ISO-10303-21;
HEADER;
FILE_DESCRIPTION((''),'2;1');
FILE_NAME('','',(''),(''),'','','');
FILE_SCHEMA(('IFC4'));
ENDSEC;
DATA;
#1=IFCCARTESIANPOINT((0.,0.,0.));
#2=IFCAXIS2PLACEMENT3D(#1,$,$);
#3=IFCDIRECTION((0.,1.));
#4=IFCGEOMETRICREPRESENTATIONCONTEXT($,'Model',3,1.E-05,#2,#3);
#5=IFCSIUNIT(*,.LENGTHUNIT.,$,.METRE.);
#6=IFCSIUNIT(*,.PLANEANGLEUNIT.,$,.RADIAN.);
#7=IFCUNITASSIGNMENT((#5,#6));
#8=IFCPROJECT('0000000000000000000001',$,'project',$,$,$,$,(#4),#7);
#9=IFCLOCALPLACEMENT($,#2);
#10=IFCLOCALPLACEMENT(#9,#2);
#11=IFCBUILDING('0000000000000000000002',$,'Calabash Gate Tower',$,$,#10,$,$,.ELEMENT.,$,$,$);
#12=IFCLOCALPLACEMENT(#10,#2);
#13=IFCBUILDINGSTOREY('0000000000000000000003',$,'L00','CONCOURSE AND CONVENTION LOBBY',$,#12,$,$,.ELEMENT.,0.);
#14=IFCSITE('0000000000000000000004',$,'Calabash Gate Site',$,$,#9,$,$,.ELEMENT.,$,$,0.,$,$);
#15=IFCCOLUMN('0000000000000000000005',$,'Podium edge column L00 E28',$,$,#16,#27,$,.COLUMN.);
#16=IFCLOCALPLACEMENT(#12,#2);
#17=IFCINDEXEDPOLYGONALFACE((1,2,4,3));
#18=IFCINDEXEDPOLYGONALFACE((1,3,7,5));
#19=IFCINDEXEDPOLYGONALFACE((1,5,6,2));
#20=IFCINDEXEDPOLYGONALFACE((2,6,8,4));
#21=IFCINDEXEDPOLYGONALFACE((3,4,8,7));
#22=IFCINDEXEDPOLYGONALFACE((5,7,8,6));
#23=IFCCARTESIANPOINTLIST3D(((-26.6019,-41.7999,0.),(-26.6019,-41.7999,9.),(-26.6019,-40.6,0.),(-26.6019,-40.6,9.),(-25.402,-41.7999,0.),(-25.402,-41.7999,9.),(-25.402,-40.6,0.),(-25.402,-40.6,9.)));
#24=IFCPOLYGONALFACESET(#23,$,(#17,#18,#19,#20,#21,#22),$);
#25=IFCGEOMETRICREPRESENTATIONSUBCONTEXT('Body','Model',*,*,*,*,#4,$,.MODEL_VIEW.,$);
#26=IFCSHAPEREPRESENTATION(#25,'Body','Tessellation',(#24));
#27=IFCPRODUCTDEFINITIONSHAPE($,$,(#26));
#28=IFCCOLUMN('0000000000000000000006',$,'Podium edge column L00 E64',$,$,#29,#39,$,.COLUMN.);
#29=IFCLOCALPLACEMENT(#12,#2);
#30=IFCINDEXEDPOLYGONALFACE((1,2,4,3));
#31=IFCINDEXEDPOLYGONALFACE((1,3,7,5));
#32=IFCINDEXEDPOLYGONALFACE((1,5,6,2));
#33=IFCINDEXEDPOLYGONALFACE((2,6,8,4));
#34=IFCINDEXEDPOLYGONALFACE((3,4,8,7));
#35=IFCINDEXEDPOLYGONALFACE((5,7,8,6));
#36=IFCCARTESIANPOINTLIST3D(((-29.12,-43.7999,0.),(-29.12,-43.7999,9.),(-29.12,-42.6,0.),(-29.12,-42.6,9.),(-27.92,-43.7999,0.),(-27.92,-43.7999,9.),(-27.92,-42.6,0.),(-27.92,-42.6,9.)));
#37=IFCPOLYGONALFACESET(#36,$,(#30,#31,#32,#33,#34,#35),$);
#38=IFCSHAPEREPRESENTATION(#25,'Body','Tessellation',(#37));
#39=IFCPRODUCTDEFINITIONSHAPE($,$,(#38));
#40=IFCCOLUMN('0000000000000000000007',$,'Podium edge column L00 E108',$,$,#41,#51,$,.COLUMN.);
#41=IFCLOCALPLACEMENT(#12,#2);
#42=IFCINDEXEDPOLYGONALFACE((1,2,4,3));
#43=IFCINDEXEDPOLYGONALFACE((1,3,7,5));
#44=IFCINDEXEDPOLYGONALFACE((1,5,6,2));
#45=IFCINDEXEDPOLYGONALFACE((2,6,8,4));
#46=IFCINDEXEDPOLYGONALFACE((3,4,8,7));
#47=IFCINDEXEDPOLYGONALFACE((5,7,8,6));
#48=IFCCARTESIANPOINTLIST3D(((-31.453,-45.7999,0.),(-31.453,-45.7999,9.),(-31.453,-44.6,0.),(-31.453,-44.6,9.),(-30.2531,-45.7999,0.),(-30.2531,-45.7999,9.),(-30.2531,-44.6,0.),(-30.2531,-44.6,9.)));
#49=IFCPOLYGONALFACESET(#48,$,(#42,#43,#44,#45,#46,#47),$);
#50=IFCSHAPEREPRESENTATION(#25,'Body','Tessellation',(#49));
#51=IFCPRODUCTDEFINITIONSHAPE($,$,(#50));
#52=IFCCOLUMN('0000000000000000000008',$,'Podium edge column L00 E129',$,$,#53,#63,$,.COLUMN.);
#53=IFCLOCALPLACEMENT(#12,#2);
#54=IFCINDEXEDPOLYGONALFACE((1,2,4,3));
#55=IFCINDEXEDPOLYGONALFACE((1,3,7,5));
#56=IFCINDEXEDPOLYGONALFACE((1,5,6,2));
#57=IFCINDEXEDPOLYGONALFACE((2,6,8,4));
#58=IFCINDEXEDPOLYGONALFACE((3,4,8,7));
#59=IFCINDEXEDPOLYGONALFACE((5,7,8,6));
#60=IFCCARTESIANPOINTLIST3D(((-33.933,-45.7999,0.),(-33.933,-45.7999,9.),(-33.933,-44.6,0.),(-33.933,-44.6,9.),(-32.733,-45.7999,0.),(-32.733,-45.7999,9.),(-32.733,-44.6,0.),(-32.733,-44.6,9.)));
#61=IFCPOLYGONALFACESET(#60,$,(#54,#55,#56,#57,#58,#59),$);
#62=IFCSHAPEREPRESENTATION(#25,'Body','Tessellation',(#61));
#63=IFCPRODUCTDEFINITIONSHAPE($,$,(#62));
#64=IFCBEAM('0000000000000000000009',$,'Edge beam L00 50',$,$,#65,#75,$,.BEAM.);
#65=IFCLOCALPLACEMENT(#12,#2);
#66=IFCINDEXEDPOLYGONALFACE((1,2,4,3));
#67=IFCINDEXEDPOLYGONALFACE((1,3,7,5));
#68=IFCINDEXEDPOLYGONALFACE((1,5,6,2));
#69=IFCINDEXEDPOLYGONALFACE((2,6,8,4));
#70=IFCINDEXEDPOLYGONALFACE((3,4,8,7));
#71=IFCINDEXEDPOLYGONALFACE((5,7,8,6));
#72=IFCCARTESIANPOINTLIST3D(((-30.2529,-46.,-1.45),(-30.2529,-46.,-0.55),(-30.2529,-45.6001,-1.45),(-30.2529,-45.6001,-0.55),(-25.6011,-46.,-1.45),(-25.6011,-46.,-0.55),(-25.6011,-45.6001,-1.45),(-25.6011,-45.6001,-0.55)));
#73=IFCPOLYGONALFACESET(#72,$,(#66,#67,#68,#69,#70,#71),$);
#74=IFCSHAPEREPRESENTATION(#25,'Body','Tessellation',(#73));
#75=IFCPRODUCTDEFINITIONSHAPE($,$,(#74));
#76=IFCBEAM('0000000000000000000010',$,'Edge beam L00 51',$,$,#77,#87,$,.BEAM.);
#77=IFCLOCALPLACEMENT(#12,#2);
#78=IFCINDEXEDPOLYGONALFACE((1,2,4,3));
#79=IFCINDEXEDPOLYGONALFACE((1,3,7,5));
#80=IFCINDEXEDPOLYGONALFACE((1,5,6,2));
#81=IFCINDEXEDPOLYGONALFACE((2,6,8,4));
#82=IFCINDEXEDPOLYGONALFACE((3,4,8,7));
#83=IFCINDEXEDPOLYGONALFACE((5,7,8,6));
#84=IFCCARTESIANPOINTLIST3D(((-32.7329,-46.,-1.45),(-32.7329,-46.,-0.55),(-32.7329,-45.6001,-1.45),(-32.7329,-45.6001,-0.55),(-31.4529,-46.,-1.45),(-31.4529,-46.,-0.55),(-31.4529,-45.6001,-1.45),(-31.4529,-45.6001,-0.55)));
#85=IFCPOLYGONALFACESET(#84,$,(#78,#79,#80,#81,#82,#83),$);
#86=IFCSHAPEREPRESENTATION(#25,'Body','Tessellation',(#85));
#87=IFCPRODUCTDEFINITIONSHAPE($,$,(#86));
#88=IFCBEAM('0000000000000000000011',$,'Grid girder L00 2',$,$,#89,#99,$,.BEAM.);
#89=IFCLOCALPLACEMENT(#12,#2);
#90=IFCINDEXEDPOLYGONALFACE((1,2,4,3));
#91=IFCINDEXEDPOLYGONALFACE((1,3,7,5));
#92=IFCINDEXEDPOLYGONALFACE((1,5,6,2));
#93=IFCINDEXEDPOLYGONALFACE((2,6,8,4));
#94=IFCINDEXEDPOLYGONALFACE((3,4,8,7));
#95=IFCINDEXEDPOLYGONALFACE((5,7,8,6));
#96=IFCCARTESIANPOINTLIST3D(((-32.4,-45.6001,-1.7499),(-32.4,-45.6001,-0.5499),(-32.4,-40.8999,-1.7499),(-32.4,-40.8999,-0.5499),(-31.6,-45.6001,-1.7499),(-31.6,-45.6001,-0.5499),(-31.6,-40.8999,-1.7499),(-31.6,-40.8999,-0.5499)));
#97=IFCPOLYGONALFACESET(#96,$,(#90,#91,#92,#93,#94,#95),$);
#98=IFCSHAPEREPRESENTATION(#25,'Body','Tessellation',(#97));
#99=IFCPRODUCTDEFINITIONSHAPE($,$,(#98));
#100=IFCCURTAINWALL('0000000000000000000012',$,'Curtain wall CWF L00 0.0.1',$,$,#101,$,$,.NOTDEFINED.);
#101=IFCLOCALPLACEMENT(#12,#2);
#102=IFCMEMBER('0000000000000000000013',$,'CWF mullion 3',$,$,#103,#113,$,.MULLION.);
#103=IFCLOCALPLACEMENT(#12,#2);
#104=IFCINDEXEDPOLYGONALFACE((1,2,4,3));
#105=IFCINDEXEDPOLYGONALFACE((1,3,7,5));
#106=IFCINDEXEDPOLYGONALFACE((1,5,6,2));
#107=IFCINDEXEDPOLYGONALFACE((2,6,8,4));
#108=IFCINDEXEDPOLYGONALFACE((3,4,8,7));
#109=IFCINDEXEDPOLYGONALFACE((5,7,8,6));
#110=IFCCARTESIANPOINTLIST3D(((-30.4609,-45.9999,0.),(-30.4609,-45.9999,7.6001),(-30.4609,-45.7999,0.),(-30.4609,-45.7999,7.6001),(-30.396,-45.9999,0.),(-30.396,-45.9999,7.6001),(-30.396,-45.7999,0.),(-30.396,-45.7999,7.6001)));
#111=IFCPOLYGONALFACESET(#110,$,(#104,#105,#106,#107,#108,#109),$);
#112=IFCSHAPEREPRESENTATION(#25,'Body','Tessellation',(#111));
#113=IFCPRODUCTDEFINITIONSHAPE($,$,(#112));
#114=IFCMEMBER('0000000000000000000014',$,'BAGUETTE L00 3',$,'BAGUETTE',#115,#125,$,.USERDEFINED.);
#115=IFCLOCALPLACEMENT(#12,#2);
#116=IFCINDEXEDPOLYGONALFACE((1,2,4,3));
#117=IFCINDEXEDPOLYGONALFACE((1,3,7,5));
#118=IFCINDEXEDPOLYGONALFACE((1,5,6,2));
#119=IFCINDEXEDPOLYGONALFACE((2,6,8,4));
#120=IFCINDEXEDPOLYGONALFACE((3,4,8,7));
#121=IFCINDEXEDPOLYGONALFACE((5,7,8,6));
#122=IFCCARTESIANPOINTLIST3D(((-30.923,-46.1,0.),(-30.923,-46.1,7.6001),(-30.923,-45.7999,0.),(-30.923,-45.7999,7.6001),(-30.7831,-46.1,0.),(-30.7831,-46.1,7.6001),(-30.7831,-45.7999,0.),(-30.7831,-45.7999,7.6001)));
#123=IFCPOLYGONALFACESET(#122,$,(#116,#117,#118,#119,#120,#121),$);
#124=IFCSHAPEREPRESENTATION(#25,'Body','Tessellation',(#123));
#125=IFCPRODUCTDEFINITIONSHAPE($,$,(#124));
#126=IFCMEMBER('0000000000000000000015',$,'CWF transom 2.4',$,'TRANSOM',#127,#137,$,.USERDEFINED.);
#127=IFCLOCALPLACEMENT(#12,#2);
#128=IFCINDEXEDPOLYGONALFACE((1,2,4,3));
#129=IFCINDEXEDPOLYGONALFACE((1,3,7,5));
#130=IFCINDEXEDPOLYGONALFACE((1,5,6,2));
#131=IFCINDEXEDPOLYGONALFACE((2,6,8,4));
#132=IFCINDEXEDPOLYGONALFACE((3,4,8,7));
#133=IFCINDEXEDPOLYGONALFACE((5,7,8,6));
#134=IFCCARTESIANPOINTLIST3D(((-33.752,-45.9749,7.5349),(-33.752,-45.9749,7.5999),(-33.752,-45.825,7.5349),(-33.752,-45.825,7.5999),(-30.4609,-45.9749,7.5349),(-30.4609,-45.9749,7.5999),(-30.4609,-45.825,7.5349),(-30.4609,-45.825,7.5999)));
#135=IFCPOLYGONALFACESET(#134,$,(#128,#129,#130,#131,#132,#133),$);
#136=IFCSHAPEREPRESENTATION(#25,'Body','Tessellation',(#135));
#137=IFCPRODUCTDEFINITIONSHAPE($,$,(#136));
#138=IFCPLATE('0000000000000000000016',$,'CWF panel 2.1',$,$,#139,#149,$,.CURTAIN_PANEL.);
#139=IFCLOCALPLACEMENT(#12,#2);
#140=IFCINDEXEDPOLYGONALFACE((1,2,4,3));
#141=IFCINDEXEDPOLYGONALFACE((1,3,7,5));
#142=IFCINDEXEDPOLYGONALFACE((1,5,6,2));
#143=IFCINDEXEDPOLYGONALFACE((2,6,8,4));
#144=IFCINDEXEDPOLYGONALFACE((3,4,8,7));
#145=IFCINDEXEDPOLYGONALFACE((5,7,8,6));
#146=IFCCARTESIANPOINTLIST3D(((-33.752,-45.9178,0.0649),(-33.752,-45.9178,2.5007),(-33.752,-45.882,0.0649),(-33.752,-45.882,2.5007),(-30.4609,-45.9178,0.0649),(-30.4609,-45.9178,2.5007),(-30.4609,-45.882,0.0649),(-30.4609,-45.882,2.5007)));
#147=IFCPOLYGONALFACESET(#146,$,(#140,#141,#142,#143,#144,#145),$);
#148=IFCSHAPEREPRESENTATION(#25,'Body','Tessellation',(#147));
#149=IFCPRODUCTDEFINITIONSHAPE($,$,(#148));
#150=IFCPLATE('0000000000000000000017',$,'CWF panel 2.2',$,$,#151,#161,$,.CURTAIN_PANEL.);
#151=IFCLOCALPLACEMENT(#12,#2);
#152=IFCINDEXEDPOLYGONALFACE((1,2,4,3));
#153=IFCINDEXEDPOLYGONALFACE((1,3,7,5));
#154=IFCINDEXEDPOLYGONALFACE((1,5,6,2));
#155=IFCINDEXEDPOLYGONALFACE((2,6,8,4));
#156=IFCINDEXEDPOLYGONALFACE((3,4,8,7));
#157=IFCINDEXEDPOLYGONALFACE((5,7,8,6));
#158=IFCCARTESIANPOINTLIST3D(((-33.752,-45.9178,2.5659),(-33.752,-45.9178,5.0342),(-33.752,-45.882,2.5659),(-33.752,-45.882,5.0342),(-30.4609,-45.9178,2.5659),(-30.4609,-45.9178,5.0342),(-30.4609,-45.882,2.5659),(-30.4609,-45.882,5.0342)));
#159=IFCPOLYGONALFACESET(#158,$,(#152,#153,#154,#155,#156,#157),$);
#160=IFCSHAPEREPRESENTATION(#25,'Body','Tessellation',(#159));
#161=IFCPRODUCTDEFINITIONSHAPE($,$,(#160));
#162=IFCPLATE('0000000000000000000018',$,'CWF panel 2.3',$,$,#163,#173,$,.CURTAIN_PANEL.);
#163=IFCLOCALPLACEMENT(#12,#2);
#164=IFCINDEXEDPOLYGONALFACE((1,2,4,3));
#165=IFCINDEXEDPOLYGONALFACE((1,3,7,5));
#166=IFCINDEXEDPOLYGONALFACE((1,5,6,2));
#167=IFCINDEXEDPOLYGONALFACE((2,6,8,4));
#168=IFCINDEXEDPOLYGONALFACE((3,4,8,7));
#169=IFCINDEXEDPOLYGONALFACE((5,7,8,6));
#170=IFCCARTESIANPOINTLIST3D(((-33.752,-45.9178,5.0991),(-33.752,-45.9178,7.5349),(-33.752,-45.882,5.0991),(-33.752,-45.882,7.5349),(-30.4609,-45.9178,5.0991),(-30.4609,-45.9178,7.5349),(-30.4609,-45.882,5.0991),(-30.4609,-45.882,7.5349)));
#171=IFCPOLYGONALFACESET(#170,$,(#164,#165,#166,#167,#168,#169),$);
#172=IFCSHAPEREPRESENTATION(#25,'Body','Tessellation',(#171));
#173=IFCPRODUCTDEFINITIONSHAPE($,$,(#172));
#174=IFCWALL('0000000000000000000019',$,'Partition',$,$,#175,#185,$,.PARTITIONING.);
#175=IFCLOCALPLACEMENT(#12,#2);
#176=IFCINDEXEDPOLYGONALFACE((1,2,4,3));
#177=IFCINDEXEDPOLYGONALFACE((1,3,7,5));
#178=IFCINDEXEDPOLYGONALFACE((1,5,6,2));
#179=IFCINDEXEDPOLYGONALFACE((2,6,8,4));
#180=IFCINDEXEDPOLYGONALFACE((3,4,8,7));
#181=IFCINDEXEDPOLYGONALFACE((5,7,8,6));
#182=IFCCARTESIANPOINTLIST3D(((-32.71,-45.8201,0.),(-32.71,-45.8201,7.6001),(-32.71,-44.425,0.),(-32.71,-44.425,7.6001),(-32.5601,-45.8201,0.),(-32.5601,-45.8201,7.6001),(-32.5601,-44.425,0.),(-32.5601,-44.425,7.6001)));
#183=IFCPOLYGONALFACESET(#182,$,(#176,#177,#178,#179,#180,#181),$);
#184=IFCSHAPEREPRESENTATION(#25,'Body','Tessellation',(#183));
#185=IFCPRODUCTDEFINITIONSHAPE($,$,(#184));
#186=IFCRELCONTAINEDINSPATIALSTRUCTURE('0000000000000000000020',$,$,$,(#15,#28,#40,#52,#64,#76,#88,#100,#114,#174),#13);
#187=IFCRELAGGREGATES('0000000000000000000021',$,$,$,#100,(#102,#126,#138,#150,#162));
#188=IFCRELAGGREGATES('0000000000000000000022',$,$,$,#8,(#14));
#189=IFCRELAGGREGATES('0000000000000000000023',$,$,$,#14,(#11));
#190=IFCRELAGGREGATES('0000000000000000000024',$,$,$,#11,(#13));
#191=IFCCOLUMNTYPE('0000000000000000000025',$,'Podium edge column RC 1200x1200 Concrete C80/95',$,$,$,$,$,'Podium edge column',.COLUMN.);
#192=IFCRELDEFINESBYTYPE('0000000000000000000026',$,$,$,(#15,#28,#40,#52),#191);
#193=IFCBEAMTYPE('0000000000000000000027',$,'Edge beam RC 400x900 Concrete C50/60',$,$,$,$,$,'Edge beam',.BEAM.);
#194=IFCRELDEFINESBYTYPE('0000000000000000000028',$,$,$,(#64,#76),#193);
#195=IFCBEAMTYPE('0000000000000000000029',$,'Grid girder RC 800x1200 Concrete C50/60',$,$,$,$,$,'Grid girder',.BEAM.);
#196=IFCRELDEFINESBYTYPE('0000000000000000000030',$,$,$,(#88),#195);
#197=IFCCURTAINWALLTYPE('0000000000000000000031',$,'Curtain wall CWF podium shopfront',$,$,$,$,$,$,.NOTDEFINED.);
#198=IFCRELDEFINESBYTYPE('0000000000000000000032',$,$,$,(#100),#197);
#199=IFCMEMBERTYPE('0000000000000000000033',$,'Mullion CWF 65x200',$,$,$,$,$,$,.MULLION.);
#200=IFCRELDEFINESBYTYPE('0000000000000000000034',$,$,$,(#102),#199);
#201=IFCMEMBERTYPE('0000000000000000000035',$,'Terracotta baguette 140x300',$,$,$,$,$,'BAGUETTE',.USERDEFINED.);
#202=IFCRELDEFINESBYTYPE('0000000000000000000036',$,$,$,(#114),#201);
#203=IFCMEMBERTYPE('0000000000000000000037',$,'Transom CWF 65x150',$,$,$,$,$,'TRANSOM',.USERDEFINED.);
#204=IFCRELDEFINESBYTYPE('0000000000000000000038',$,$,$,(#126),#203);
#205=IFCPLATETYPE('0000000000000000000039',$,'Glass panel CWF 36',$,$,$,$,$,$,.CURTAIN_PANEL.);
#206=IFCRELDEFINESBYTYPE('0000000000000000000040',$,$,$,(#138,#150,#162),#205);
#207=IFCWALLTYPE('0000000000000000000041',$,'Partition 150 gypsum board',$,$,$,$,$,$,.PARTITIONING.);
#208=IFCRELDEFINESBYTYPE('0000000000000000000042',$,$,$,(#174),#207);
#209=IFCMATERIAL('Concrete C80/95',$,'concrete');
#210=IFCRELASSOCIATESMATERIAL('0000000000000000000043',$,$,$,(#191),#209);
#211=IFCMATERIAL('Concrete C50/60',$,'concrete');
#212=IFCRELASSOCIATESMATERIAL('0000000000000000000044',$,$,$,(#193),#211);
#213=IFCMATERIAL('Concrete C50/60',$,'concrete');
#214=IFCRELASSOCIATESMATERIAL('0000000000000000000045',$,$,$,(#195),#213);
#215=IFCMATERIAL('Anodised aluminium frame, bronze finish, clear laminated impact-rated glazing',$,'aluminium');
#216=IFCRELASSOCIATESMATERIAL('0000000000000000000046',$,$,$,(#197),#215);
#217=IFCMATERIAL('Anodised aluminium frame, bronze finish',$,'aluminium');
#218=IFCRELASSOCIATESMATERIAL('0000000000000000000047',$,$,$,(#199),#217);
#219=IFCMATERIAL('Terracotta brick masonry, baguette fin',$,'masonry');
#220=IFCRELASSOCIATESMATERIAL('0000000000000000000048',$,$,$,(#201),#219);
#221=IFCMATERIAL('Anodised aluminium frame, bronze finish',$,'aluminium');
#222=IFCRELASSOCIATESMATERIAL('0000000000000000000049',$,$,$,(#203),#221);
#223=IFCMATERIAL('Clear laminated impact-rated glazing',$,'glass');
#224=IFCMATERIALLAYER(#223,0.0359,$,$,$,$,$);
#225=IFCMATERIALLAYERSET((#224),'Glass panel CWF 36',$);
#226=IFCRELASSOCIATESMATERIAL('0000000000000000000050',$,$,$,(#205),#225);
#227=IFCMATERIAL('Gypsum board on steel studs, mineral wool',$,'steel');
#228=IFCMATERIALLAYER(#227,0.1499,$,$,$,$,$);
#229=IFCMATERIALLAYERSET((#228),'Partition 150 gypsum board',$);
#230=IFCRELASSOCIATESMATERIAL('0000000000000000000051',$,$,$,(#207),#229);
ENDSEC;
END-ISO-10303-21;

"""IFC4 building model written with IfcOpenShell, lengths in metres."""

from ifc_helpers import new_model, si_unit, direction, frame, frame_2d, origin, origin_2d, place, context, subcontext, project, spatial, rectangle, extrude, material, layer, layer_set, material_profile, profile_set, type_object, element, aggregate, save


model = new_model("IFC4")

# Units and contexts
model_context = context("Model", 3, precision=1e-05, world=origin(), true_north=direction((0.0, 1.0)))
body_context = subcontext(model_context, "Body", "Model", "MODEL_VIEW")
ifc_project = project(units=[si_unit("LENGTHUNIT", "METRE"), si_unit("PLANEANGLEUNIT", "RADIAN")], contexts=[model_context])

# Site, building, storey
site_placement = place(None, origin())
site = spatial("IfcSite", under=ifc_project, at=site_placement, Name="Calabash Gate Site", CompositionType="ELEMENT", RefElevation=0.0)
building_placement = place(site_placement, origin())
building = spatial("IfcBuilding", under=site, at=building_placement, Name="Calabash Gate Tower", CompositionType="ELEMENT")
storey_placement = place(building_placement, origin())
storey = spatial("IfcBuildingStorey", under=building, at=storey_placement, Name="L00", Description="CONCOURSE AND CONVENTION LOBBY", CompositionType="ELEMENT", Elevation=0.0)

# Columns
ifc_material_1 = material(Name="Concrete C80/95", Category="concrete")
ifc_material_profile_1 = material_profile(ifc_material_1, rectangle(XDim=1.2, YDim=1.2, at=origin_2d()))
ifc_profile_set_1 = profile_set([ifc_material_profile_1], Name="Concrete C80/95")
column_type = type_object("IfcColumnType", Name="Podium edge column RC 1200x1200 Concrete C80/95", ElementType="Podium edge column", PredefinedType="COLUMN", material=ifc_profile_set_1)
for number, where, z_axis, x_axis, name in (
    (1, (-26.002, -41.2, 0.0), (0.0, 0.0, 1.0), (1.0, 0.0, 0.0), "Podium edge column L00 E28"),
    (2, (-28.52, -43.2, 0.0), (0.0, 0.0, 1.0), (1.0, 0.0, 0.0), "Podium edge column L00 E64"),
    (3, (-30.853, -45.2, 0.0), (0.0, 0.0, 1.0), (1.0, 0.0, 0.0), "Podium edge column L00 E108"),
    (4, (-33.333, -45.2, 0.0), (0.0, 0.0, 1.0), (1.0, 0.0, 0.0), "Podium edge column L00 E129"),
):
    element("IfcColumn", number, at=place(storey_placement, frame(where, z_axis=z_axis, x_axis=x_axis)), inside=storey, type_object=column_type, Name=name, PredefinedType="COLUMN", context=body_context, shape_type="SweptSolid", body=[
        extrude(rectangle(XDim=1.2, YDim=1.2, at=origin_2d()), origin(), (0.0, 0.0, 1.0), 9.0),
    ])

# Beams
ifc_material_2 = material(Name="Concrete C50/60", Category="concrete")
ifc_material_profile_2 = material_profile(ifc_material_2, rectangle(XDim=0.3999, YDim=0.8999, at=origin_2d()))
ifc_profile_set_2 = profile_set([ifc_material_profile_2], Name="Concrete C50/60")
beam_type_1 = type_object("IfcBeamType", Name="Edge beam RC 400x900 Concrete C50/60", ElementType="Edge beam", PredefinedType="BEAM", material=ifc_profile_set_2)
beam_1_placement = place(storey_placement, frame((-25.6011, -45.8, -1.0), z_axis=(-1.0, 0.0, 0.0), x_axis=(0.0, -1.0, 0.0)))
element("IfcBeam", 5, at=beam_1_placement, inside=storey, type_object=beam_type_1, Name="Edge beam L00 50", PredefinedType="BEAM", context=body_context, shape_type="SweptSolid", body=[
    extrude(rectangle(XDim=0.3999, YDim=0.8999, at=origin_2d()), origin(), (0.0, 0.0, 1.0), 4.6519),
])
beam_2_placement = place(storey_placement, frame((-31.4529, -45.8, -1.0), z_axis=(-1.0, 0.0, 0.0), x_axis=(0.0, -1.0, 0.0)))
element("IfcBeam", 6, at=beam_2_placement, inside=storey, type_object=beam_type_1, Name="Edge beam L00 51", PredefinedType="BEAM", context=body_context, shape_type="SweptSolid", body=[
    extrude(rectangle(XDim=0.3999, YDim=0.8999, at=origin_2d()), origin(), (0.0, 0.0, 1.0), 1.28),
])
ifc_material_3 = material(Name="Concrete C50/60", Category="concrete")
ifc_material_profile_3 = material_profile(ifc_material_3, rectangle(XDim=0.8, YDim=1.2, at=origin_2d()))
ifc_profile_set_3 = profile_set([ifc_material_profile_3], Name="Concrete C50/60")
beam_type_2 = type_object("IfcBeamType", Name="Grid girder RC 800x1200 Concrete C50/60", ElementType="Grid girder", PredefinedType="BEAM", material=ifc_profile_set_3)
beam_3_placement = place(storey_placement, frame((-32.0, -45.6001, -1.1499), z_axis=(0.0, 1.0, 0.0), x_axis=(-1.0, 0.0, 0.0)))
element("IfcBeam", 7, at=beam_3_placement, inside=storey, type_object=beam_type_2, Name="Grid girder L00 2", PredefinedType="BEAM", context=body_context, shape_type="SweptSolid", body=[
    extrude(rectangle(XDim=0.8, YDim=1.2, at=origin_2d()), origin(), (0.0, 0.0, 1.0), 4.7002),
])

# Curtain wall, member
ifc_material_4 = material(Name="Anodised aluminium frame, bronze finish, clear laminated impact-rated glazing", Category="aluminium")
curtain_wall_type = type_object("IfcCurtainWallType", Name="Curtain wall CWF podium shopfront", PredefinedType="NOTDEFINED", material=ifc_material_4)
curtain_wall_placement = place(storey_placement, origin())
curtain_wall = element("IfcCurtainWall", 8, at=curtain_wall_placement, inside=storey, type_object=curtain_wall_type, Name="Curtain wall CWF L00 0.0.1", PredefinedType="NOTDEFINED")
ifc_material_5 = material(Name="Anodised aluminium frame, bronze finish", Category="aluminium")
ifc_material_profile_4 = material_profile(ifc_material_5, rectangle(XDim=0.2, YDim=0.0649, at=origin_2d()))
ifc_profile_set_4 = profile_set([ifc_material_profile_4], Name="Anodised aluminium frame, bronze finish")
member_type_1 = type_object("IfcMemberType", Name="Mullion CWF 65x200", PredefinedType="MULLION", material=ifc_profile_set_4)
member_1_placement = place(storey_placement, frame((-30.4285, -45.8999, 0.0), z_axis=(0.0, 0.0, 1.0), x_axis=(0.0, 1.0, 0.0)))
member_1 = element("IfcMember", 9, at=member_1_placement, type_object=member_type_1, Name="CWF mullion 3", PredefinedType="MULLION", context=body_context, shape_type="SweptSolid", body=[
    extrude(rectangle(XDim=0.2, YDim=0.0649, at=origin_2d()), origin(), (0.0, 0.0, 1.0), 7.6001),
])

# Members
ifc_material_6 = material(Name="Terracotta brick masonry, baguette fin", Category="masonry")
ifc_material_profile_5 = material_profile(ifc_material_6, rectangle(XDim=0.1399, YDim=0.3, at=origin_2d()))
ifc_profile_set_5 = profile_set([ifc_material_profile_5], Name="Terracotta brick masonry, baguette fin")
member_type_2 = type_object("IfcMemberType", Name="Terracotta baguette 140x300", ElementType="BAGUETTE", PredefinedType="USERDEFINED", material=ifc_profile_set_5)
member_2_placement = place(storey_placement, frame((-30.853, -45.95, 0.0), z_axis=(0.0, 0.0, 1.0), x_axis=(1.0, 0.0, 0.0)))
element("IfcMember", 10, at=member_2_placement, inside=storey, type_object=member_type_2, Name="BAGUETTE L00 3", ObjectType="BAGUETTE", PredefinedType="USERDEFINED", context=body_context, shape_type="SweptSolid", body=[
    extrude(rectangle(XDim=0.1399, YDim=0.3, at=origin_2d()), origin(), (0.0, 0.0, 1.0), 7.6001),
])
ifc_material_7 = material(Name="Anodised aluminium frame, bronze finish", Category="aluminium")
ifc_material_profile_6 = material_profile(ifc_material_7, rectangle(XDim=0.1499, YDim=0.0649, at=origin_2d()))
ifc_profile_set_6 = profile_set([ifc_material_profile_6], Name="Anodised aluminium frame, bronze finish")
member_type_3 = type_object("IfcMemberType", Name="Transom CWF 65x150", ElementType="TRANSOM", PredefinedType="USERDEFINED", material=ifc_profile_set_6)
member_3_placement = place(storey_placement, frame((-33.752, -45.8999, 7.5674), z_axis=(1.0, 0.0, 0.0), x_axis=(0.0, 1.0, 0.0)))
member_3 = element("IfcMember", 11, at=member_3_placement, type_object=member_type_3, Name="CWF transom 2.4", ObjectType="TRANSOM", PredefinedType="USERDEFINED", context=body_context, shape_type="SweptSolid", body=[
    extrude(rectangle(XDim=0.1499, YDim=0.0649, at=origin_2d()), origin(), (0.0, 0.0, 1.0), 3.291),
])

# Plates
ifc_material_8 = material(Name="Clear laminated impact-rated glazing", Category="glass")
ifc_layer_1 = layer(ifc_material_8, 0.0359)
ifc_layer_set_1 = layer_set([ifc_layer_1], Name="Glass panel CWF 36")
plate_type = type_object("IfcPlateType", Name="Glass panel CWF 36", PredefinedType="CURTAIN_PANEL", material=ifc_layer_set_1)
plate_1_placement = place(storey_placement, frame((-32.1064, -45.8999, 0.0649), z_axis=(0.0, 0.0, 1.0), x_axis=(1.0, 0.0, 0.0)))
plate_1 = element("IfcPlate", 12, at=plate_1_placement, type_object=plate_type, Name="CWF panel 2.1", PredefinedType="CURTAIN_PANEL", context=body_context, shape_type="SweptSolid", body=[
    extrude(rectangle(XDim=3.291, YDim=0.0359, at=origin_2d()), origin(), (0.0, 0.0, 1.0), 2.4358),
])
plate_2_placement = place(storey_placement, frame((-32.1064, -45.8999, 2.5659), z_axis=(0.0, 0.0, 1.0), x_axis=(1.0, 0.0, 0.0)))
plate_2 = element("IfcPlate", 13, at=plate_2_placement, type_object=plate_type, Name="CWF panel 2.2", PredefinedType="CURTAIN_PANEL", context=body_context, shape_type="SweptSolid", body=[
    extrude(rectangle(XDim=3.291, YDim=0.0359, at=origin_2d()), origin(), (0.0, 0.0, 1.0), 2.4683),
])
plate_3_placement = place(storey_placement, frame((-32.1064, -45.8999, 5.0991), z_axis=(0.0, 0.0, 1.0), x_axis=(1.0, 0.0, 0.0)))
plate_3 = element("IfcPlate", 14, at=plate_3_placement, type_object=plate_type, Name="CWF panel 2.3", PredefinedType="CURTAIN_PANEL", context=body_context, shape_type="SweptSolid", body=[
    extrude(rectangle(XDim=3.291, YDim=0.0359, at=origin_2d()), origin(), (0.0, 0.0, 1.0), 2.4358),
])
aggregate(curtain_wall, [member_1, member_3, plate_1, plate_2, plate_3])

# Wall
ifc_material_9 = material(Name="Gypsum board on steel studs, mineral wool", Category="steel")
ifc_layer_2 = layer(ifc_material_9, 0.1499)
ifc_layer_set_2 = layer_set([ifc_layer_2], Name="Partition 150 gypsum board")
wall_type_1 = type_object("IfcWallType", Name="Partition 150 gypsum board", PredefinedType="PARTITIONING", material=ifc_layer_set_2)
wall_1_placement = place(storey_placement, frame((-32.635, -45.8201, 0.0), z_axis=(0.0, 0.0, 1.0), x_axis=(0.0, 1.0, 0.0)))
element("IfcWall", 15, at=wall_1_placement, inside=storey, type_object=wall_type_1, Name="Partition", PredefinedType="PARTITIONING", context=body_context, shape_type="SweptSolid", body=[
    extrude(rectangle(XDim=1.395, YDim=0.1499, at=frame_2d((0.6975, 0.0))), origin(), (0.0, 0.0, 1.0), 7.6001),
])

save(model, "model.ifc")
